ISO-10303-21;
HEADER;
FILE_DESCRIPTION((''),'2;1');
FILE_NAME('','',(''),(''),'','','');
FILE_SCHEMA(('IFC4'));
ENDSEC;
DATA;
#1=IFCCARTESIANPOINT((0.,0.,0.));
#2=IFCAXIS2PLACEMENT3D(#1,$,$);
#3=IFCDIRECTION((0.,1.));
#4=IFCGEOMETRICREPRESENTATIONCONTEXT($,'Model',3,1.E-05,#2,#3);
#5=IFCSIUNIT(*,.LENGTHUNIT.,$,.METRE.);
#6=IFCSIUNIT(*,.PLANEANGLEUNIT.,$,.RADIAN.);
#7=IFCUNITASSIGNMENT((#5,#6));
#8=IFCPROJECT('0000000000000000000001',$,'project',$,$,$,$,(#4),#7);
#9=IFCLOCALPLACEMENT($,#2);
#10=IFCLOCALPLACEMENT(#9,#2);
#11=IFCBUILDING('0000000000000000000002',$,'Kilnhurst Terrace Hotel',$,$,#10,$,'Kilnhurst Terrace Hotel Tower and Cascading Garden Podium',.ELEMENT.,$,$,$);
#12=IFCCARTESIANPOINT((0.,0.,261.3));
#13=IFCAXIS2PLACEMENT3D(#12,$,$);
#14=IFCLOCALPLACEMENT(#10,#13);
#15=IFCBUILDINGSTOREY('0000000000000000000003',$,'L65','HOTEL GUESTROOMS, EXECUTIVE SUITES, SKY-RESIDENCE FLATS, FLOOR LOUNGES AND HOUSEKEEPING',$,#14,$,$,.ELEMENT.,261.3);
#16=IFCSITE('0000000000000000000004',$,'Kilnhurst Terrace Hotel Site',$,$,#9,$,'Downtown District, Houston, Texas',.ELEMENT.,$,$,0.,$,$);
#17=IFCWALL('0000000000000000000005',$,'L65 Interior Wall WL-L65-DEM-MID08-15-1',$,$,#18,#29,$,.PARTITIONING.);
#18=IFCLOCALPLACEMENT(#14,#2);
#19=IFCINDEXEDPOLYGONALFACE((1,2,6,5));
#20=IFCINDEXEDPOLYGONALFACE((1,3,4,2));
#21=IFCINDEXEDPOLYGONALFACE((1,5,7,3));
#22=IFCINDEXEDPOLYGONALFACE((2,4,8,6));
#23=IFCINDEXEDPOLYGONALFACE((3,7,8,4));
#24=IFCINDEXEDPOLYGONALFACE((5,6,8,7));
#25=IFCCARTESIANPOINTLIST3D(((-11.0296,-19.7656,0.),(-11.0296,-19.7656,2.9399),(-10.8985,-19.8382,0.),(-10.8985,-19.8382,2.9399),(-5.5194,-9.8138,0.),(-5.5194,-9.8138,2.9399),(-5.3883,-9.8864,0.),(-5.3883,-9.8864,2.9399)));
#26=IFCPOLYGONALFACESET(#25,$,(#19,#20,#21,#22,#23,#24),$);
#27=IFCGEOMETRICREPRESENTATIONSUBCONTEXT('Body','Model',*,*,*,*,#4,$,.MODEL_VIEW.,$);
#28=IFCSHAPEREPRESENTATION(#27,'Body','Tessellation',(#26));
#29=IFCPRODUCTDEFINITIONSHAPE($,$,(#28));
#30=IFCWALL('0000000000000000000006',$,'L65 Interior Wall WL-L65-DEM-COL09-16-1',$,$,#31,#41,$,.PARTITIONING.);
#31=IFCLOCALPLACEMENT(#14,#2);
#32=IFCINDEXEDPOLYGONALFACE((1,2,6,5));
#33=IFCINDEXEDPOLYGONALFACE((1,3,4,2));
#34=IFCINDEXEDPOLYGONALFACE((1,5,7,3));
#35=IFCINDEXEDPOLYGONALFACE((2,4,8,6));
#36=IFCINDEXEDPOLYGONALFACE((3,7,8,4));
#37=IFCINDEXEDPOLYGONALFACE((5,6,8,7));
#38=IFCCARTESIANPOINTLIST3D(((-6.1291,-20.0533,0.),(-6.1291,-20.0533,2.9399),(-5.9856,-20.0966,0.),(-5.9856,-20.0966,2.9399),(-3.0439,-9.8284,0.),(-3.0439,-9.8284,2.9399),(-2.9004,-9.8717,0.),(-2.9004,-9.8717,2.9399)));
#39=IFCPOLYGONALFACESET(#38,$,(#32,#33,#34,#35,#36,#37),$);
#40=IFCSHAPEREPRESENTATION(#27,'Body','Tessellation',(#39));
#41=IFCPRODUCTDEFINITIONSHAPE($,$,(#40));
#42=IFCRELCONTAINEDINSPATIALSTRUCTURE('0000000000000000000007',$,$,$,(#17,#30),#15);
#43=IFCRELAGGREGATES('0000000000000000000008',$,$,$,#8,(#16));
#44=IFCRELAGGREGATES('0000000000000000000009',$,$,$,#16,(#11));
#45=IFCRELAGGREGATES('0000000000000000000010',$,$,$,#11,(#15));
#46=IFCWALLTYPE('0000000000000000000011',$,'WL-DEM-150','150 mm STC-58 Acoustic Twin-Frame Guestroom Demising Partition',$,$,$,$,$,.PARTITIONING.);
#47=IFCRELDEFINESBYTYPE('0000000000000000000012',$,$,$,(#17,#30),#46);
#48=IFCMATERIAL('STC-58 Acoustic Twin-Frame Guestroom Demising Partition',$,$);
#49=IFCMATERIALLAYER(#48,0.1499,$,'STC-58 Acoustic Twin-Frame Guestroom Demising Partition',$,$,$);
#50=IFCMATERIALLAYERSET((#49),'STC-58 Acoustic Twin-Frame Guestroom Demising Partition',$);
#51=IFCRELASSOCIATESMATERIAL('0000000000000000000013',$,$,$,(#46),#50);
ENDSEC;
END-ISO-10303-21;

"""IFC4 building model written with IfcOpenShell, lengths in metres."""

from ifc_helpers import new_model, si_unit, direction, frame, frame_2d, origin, place, context, subcontext, project, spatial, rectangle, extrude, material, layer, layer_set, type_object, element, save


model = new_model("IFC4")

# Units and contexts
model_context = context("Model", 3, precision=1e-05, world=origin(), true_north=direction((0.0, 1.0)))
body_context = subcontext(model_context, "Body", "Model", "MODEL_VIEW")
ifc_project = project(units=[si_unit("LENGTHUNIT", "METRE"), si_unit("PLANEANGLEUNIT", "RADIAN")], contexts=[model_context])

# Site, building, storey
site_placement = place(None, origin())
site = spatial("IfcSite", under=ifc_project, at=site_placement, Name="Kilnhurst Terrace Hotel Site", LongName="Downtown District, Houston, Texas", CompositionType="ELEMENT", RefElevation=0.0)
building_placement = place(site_placement, origin())
building = spatial("IfcBuilding", under=site, at=building_placement, Name="Kilnhurst Terrace Hotel", LongName="Kilnhurst Terrace Hotel Tower and Cascading Garden Podium", CompositionType="ELEMENT")
storey_placement = place(building_placement, frame((0.0, 0.0, 261.3)))
storey = spatial("IfcBuildingStorey", under=building, at=storey_placement, Name="L65", Description="HOTEL GUESTROOMS, EXECUTIVE SUITES, SKY-RESIDENCE FLATS, FLOOR LOUNGES AND HOUSEKEEPING", CompositionType="ELEMENT", Elevation=261.3)

# Walls
ifc_material_1 = material(Name="STC-58 Acoustic Twin-Frame Guestroom Demising Partition")
ifc_layer_1 = layer(ifc_material_1, 0.1499, Name="STC-58 Acoustic Twin-Frame Guestroom Demising Partition")
ifc_layer_set_1 = layer_set([ifc_layer_1], Name="STC-58 Acoustic Twin-Frame Guestroom Demising Partition")
wall_type_1 = type_object("IfcWallType", Name="WL-DEM-150", Description="150 mm STC-58 Acoustic Twin-Frame Guestroom Demising Partition", PredefinedType="PARTITIONING", material=ifc_layer_set_1)
wall_1_placement = place(storey_placement, frame((-5.4539, -9.8501, 0.0), z_axis=(0.0, 0.0, 1.0), x_axis=(-0.484394, -0.87485, 0.0)))
element("IfcWall", 1, at=wall_1_placement, inside=storey, type_object=wall_type_1, Name="L65 Interior Wall WL-L65-DEM-MID08-15-1", PredefinedType="PARTITIONING", context=body_context, shape_type="SweptSolid", body=[
    extrude(rectangle(XDim=11.3755, YDim=0.1499, at=frame_2d((5.6877, 0.0))), origin(), (0.0, 0.0, 1.0), 2.9399),
])
wall_2_placement = place(storey_placement, frame((-2.9722, -9.8501, 0.0), z_axis=(0.0, 0.0, 1.0), x_axis=(-0.288872, -0.957368, 0.0)))
element("IfcWall", 2, at=wall_2_placement, inside=storey, type_object=wall_type_1, Name="L65 Interior Wall WL-L65-DEM-COL09-16-1", PredefinedType="PARTITIONING", context=body_context, shape_type="SweptSolid", body=[
    extrude(rectangle(XDim=10.6802, YDim=0.1499, at=frame_2d((5.3401, 0.0))), origin(), (0.0, 0.0, 1.0), 2.9399),
])

save(model, "model.ifc")
